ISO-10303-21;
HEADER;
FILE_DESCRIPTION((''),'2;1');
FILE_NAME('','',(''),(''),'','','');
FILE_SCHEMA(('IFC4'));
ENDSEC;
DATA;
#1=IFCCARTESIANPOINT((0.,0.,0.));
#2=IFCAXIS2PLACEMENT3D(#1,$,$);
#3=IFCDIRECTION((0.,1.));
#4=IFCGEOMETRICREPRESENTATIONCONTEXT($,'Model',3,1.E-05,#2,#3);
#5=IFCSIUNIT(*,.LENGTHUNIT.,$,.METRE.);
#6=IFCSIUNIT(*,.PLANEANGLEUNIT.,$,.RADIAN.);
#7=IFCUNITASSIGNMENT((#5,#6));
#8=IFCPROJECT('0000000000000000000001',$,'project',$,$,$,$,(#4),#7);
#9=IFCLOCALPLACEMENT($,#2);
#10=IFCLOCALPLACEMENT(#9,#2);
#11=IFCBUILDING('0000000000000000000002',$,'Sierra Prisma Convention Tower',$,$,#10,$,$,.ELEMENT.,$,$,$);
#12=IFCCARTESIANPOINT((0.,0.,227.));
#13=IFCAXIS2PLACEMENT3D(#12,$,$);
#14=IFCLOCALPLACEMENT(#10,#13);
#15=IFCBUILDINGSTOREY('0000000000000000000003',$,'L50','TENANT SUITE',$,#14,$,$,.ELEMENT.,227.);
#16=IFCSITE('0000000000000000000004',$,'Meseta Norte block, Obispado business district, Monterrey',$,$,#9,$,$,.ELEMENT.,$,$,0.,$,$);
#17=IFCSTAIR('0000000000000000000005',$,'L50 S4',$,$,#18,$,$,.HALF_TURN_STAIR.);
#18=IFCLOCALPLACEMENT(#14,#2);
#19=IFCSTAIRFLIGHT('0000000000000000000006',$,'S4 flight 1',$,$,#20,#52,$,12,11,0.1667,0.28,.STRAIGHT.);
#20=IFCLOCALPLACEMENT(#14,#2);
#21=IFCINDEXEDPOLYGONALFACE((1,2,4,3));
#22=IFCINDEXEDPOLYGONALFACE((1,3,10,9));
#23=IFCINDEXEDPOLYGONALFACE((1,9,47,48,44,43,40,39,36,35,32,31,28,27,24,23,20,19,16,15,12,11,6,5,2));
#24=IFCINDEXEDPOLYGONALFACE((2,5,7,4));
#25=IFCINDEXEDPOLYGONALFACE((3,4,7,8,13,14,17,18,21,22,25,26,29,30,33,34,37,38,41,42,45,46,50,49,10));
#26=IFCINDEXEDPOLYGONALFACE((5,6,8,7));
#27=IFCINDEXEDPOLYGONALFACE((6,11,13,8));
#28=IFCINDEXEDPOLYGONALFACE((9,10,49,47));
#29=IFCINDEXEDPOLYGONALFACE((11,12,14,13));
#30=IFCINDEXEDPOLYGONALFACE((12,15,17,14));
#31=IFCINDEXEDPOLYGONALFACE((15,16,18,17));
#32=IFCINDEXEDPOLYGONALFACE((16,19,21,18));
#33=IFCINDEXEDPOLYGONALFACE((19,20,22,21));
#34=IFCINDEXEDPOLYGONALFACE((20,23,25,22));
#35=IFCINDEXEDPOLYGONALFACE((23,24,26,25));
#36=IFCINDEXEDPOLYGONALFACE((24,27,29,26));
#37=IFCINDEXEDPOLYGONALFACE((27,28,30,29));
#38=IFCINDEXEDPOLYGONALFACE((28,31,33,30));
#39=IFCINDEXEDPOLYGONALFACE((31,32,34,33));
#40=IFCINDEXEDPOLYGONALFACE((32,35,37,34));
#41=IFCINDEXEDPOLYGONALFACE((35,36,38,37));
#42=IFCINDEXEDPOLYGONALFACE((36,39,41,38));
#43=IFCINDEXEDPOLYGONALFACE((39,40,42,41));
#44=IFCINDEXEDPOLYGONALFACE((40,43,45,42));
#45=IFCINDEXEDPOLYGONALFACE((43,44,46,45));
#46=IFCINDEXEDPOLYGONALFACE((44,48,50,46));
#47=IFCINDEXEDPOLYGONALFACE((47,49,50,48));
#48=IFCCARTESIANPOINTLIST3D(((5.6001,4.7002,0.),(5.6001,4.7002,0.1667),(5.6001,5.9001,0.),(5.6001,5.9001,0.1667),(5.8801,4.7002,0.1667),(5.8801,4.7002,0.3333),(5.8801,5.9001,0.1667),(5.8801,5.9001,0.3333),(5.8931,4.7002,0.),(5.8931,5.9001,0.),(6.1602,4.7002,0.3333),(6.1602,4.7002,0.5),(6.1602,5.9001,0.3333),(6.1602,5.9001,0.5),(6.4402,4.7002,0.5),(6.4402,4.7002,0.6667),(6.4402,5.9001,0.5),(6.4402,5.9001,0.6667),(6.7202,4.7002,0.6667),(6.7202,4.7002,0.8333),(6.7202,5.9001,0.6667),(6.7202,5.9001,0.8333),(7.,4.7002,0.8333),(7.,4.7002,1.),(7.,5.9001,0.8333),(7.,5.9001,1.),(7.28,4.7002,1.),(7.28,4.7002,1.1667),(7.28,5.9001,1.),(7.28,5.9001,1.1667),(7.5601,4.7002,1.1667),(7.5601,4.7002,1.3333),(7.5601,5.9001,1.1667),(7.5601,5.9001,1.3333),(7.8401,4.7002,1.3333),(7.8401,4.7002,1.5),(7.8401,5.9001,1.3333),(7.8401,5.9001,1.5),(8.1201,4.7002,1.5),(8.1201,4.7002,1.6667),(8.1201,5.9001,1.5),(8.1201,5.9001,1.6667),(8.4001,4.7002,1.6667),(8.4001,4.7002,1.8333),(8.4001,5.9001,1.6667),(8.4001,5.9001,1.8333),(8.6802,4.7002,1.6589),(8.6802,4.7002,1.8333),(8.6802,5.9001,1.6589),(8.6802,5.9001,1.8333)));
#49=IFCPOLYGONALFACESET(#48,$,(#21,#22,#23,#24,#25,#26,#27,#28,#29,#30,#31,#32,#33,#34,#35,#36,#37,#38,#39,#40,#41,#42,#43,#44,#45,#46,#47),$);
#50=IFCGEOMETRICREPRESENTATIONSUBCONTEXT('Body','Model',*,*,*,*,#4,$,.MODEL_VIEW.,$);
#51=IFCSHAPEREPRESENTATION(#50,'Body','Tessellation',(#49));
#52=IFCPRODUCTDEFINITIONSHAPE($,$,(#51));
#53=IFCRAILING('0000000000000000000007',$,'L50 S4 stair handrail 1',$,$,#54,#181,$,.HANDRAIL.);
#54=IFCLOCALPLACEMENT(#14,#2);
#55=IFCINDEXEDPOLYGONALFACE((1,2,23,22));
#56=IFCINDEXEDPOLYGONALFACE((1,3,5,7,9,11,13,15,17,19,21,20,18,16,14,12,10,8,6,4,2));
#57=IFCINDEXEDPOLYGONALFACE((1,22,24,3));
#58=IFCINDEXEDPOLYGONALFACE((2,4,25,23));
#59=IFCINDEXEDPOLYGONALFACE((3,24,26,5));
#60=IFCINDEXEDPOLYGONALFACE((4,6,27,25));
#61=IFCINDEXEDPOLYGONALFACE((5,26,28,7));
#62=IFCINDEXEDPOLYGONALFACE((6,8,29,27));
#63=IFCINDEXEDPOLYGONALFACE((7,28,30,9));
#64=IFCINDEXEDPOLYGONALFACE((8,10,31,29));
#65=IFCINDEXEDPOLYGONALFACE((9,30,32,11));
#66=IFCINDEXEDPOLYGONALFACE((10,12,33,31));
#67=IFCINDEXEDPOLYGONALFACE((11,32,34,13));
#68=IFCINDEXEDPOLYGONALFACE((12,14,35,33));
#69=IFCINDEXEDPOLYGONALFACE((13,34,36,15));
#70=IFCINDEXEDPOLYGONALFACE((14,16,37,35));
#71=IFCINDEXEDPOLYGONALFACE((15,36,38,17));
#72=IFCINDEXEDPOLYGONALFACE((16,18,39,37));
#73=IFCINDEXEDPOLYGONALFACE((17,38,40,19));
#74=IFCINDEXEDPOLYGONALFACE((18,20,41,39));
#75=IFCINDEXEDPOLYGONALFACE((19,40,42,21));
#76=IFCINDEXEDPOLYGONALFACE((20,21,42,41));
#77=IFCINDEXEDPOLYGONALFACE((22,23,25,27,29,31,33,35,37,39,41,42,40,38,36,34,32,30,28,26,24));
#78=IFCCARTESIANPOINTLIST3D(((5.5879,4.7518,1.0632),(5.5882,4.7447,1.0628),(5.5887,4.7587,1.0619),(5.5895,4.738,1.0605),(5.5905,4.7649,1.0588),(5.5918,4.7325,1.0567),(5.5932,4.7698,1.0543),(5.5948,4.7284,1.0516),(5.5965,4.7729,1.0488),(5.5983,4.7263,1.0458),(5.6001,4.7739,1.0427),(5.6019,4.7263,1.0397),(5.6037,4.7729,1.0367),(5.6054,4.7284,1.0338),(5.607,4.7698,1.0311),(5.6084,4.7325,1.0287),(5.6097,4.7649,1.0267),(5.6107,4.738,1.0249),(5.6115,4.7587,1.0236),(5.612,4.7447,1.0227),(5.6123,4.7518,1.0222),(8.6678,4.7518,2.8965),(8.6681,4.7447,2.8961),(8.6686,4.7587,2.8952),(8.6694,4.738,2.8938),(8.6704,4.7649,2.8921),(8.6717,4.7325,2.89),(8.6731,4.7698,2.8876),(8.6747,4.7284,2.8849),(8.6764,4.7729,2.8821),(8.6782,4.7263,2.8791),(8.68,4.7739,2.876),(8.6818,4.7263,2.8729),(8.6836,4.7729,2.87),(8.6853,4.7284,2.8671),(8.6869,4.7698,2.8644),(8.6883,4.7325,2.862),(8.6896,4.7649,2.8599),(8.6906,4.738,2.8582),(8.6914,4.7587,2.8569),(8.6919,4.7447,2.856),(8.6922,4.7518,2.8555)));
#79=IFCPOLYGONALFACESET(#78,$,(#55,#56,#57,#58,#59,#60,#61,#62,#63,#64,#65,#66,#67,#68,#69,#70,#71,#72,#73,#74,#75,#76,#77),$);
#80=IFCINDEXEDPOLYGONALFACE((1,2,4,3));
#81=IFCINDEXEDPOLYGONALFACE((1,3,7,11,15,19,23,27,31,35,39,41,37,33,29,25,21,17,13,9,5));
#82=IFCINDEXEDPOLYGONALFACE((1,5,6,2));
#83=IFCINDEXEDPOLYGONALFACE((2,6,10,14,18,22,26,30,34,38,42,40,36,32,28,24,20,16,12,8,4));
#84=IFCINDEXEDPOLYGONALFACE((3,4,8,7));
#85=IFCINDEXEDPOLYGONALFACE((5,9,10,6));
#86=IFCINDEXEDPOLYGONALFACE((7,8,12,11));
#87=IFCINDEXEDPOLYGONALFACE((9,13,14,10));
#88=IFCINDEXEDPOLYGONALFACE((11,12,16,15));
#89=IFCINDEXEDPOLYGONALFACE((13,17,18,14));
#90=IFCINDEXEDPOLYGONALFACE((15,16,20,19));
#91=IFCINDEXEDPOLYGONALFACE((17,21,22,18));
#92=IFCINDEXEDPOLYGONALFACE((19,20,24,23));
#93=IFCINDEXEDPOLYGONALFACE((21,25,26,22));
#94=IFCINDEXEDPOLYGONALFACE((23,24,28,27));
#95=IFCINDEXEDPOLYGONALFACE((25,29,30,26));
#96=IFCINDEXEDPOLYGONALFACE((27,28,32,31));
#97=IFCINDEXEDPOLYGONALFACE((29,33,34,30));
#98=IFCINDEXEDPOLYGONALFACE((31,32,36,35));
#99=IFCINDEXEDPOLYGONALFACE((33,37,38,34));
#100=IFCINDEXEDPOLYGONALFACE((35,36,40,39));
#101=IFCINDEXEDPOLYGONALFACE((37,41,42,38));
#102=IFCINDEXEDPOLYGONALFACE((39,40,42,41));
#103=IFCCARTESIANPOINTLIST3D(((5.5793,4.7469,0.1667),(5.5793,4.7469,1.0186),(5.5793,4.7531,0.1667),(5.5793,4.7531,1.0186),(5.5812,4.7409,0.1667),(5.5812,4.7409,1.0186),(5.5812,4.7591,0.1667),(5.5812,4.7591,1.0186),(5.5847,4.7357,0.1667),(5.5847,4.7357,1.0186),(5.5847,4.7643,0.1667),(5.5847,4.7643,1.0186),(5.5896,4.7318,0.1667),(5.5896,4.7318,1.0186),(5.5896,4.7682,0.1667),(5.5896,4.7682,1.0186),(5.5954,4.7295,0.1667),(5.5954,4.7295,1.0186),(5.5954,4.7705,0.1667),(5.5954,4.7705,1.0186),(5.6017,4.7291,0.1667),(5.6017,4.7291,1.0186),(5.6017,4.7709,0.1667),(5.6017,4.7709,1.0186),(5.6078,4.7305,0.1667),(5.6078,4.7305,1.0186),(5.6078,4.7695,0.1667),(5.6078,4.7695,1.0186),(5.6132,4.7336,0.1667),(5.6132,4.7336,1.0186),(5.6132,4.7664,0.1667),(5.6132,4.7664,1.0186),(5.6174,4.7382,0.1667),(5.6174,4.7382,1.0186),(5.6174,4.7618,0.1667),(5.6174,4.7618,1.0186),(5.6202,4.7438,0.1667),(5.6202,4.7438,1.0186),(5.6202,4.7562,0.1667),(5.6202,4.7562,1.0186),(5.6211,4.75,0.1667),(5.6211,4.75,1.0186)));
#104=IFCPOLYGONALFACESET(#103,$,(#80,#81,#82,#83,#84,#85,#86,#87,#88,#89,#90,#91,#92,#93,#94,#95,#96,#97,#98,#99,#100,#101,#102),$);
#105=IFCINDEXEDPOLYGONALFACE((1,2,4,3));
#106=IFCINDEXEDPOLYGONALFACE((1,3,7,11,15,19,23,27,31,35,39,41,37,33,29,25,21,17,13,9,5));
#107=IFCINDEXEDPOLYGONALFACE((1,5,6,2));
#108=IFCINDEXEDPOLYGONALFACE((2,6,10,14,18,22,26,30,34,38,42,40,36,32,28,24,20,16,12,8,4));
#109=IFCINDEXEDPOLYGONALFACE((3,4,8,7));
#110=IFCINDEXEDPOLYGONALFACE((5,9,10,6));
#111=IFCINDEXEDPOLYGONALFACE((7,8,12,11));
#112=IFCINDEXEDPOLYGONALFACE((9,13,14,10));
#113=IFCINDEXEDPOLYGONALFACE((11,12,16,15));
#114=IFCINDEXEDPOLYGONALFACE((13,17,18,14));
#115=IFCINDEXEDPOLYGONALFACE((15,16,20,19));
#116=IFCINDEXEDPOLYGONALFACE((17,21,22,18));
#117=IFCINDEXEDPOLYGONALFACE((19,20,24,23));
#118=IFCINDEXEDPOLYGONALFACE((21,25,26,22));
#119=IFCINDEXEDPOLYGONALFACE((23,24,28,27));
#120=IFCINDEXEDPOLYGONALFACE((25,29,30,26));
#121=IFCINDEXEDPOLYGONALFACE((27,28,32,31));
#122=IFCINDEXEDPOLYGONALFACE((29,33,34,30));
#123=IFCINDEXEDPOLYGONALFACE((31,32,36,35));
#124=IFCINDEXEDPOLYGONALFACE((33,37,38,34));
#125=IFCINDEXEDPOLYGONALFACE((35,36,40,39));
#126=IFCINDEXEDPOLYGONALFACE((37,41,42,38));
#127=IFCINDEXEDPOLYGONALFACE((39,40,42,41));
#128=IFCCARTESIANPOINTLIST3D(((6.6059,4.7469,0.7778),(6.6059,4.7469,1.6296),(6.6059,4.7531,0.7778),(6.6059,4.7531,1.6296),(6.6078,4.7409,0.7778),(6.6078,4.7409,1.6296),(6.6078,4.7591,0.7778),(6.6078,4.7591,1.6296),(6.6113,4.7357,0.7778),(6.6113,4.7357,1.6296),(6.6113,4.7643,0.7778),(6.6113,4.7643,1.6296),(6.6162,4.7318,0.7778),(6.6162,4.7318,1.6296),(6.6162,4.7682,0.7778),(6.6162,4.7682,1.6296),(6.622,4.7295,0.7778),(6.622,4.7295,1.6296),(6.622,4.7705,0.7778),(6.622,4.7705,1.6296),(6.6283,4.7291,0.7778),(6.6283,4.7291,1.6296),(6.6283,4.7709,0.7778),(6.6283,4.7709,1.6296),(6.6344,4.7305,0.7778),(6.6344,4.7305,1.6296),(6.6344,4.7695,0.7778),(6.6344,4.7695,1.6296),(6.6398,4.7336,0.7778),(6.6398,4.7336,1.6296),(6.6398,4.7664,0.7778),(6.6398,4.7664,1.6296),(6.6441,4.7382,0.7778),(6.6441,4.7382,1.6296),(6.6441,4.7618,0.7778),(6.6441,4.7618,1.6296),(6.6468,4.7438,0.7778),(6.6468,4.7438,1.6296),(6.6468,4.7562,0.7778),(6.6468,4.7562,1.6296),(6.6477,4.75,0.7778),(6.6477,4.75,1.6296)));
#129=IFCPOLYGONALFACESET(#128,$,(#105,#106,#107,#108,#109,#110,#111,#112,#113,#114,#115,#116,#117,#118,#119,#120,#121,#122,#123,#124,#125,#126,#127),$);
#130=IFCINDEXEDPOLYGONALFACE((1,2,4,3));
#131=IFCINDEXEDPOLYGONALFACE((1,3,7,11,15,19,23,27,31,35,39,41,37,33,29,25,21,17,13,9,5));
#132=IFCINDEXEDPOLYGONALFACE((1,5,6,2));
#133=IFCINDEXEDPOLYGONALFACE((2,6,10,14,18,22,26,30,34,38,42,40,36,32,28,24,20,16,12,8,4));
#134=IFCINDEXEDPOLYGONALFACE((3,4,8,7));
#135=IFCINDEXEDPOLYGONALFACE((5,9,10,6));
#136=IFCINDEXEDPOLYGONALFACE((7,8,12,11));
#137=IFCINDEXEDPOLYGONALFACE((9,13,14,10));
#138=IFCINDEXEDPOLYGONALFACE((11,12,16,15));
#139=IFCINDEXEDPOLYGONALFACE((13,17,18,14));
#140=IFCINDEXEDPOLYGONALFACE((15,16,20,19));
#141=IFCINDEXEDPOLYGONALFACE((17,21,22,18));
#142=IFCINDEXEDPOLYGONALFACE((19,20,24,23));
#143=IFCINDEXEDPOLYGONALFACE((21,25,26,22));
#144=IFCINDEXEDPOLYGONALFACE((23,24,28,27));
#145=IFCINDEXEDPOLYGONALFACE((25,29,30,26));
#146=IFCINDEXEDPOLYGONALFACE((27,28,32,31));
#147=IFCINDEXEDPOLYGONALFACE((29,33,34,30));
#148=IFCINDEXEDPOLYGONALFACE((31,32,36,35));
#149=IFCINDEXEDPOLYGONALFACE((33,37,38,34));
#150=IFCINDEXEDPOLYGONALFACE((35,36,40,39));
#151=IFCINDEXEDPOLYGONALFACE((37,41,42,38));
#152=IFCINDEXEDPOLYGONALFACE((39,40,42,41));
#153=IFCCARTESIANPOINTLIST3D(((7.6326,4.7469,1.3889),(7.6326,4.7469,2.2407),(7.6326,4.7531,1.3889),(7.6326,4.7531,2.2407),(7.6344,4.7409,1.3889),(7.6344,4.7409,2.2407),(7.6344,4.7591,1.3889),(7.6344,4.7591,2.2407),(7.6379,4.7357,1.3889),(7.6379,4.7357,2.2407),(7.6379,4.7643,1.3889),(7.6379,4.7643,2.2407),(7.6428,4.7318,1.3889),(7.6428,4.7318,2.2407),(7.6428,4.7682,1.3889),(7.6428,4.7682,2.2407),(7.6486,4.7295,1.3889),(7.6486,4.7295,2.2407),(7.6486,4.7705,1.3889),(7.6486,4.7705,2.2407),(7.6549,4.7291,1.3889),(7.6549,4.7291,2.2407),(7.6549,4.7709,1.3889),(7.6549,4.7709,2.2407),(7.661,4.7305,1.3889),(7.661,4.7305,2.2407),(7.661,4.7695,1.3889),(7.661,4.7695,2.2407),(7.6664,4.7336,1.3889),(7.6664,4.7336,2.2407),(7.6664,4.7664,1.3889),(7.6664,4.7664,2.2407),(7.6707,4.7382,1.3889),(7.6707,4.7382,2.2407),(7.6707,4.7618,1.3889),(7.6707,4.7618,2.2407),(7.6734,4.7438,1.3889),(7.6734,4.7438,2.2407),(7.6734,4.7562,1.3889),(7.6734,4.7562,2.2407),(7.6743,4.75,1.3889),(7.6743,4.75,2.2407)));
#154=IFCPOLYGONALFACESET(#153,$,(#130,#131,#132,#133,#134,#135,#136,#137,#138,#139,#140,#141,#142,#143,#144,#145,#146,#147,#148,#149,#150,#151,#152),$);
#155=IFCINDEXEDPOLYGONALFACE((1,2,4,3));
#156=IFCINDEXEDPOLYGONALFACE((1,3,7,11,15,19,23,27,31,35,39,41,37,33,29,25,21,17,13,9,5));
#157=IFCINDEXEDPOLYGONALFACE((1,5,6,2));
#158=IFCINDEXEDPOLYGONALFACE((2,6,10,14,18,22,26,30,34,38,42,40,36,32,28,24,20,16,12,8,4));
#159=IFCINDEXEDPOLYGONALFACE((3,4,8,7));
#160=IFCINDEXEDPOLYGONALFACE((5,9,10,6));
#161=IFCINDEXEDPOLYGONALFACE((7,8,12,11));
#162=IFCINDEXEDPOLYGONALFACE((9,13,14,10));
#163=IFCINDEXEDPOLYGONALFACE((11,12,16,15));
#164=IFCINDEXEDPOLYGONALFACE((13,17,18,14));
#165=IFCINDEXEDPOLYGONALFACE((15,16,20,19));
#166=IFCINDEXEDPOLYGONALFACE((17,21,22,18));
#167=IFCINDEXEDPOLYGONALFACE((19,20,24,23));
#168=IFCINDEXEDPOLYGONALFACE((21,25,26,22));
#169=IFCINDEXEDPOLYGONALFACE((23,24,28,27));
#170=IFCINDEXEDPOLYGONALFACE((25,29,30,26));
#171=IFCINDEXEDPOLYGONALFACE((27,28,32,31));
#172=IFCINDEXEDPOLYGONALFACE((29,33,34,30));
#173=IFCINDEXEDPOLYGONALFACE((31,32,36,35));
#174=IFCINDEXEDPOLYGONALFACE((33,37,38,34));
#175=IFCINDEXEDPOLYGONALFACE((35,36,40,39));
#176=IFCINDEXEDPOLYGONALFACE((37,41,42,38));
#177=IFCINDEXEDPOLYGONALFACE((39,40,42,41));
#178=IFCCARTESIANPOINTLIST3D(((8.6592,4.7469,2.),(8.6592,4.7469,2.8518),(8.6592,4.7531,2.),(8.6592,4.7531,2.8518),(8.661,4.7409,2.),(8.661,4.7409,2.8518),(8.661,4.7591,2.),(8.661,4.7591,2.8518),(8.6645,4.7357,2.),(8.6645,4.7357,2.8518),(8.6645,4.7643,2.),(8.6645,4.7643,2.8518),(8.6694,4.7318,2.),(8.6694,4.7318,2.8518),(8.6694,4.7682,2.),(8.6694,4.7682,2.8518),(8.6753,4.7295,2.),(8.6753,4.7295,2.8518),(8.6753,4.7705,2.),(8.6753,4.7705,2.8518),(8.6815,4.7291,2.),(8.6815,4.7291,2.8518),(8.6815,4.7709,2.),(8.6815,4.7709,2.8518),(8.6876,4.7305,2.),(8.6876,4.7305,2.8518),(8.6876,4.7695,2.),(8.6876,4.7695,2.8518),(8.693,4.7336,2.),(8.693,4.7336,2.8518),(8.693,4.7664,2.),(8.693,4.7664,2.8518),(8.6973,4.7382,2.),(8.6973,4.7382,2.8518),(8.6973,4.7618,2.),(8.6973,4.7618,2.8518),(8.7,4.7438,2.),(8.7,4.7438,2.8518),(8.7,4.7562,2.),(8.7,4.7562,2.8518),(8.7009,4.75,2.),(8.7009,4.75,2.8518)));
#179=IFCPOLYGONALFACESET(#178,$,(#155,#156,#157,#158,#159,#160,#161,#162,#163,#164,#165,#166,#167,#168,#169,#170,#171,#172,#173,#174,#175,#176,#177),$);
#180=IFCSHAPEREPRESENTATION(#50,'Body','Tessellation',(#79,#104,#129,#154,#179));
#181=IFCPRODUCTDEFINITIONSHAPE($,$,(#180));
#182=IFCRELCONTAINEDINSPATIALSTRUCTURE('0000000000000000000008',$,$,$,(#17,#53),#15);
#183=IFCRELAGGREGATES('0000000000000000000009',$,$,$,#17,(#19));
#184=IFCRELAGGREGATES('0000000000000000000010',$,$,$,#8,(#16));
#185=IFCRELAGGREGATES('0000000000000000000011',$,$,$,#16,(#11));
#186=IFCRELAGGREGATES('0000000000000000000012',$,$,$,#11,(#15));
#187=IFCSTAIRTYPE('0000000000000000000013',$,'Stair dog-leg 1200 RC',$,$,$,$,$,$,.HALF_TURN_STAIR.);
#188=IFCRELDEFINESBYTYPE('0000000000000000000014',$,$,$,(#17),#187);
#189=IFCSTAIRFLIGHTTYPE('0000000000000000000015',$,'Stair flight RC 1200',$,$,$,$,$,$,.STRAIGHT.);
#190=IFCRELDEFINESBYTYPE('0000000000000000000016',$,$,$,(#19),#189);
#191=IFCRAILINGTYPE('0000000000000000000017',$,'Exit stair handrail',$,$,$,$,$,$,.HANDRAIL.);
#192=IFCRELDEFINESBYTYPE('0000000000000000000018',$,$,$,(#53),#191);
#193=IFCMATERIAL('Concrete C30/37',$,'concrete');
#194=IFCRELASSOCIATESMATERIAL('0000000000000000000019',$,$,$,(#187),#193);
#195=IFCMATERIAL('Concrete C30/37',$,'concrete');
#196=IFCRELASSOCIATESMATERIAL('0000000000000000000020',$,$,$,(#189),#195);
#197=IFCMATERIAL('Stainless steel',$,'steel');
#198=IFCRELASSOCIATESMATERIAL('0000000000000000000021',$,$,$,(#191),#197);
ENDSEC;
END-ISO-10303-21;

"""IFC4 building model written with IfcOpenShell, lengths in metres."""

from ifc_helpers import new_model, si_unit, direction, frame, origin, origin_2d, place, context, subcontext, project, spatial, polyline, circle, outline, extrude, material, type_object, element, aggregate, save


model = new_model("IFC4")

# Units and contexts
model_context = context("Model", 3, precision=1e-05, world=origin(), true_north=direction((0.0, 1.0)))
body_context = subcontext(model_context, "Body", "Model", "MODEL_VIEW")
ifc_project = project(units=[si_unit("LENGTHUNIT", "METRE"), si_unit("PLANEANGLEUNIT", "RADIAN")], contexts=[model_context])

# Site, building, storey
site_placement = place(None, origin())
site = spatial("IfcSite", under=ifc_project, at=site_placement, Name="Meseta Norte block, Obispado business district, Monterrey", CompositionType="ELEMENT", RefElevation=0.0)
building_placement = place(site_placement, origin())
building = spatial("IfcBuilding", under=site, at=building_placement, Name="Sierra Prisma Convention Tower", CompositionType="ELEMENT")
storey_placement = place(building_placement, frame((0.0, 0.0, 227.0)))
storey = spatial("IfcBuildingStorey", under=building, at=storey_placement, Name="L50", Description="TENANT SUITE", CompositionType="ELEMENT", Elevation=227.0)

# Stair, stair flight
ifc_material_1 = material(Name="Concrete C30/37", Category="concrete")
stair_type = type_object("IfcStairType", Name="Stair dog-leg 1200 RC", PredefinedType="HALF_TURN_STAIR", material=ifc_material_1)
stair_placement = place(storey_placement, origin())
stair = element("IfcStair", 1, at=stair_placement, inside=storey, type_object=stair_type, Name="L50 S4", PredefinedType="HALF_TURN_STAIR")
ifc_material_2 = material(Name="Concrete C30/37", Category="concrete")
stair_flight_type = type_object("IfcStairFlightType", Name="Stair flight RC 1200", PredefinedType="STRAIGHT", material=ifc_material_2)
stair_flight_placement = place(storey_placement, frame((5.6001, 5.3, 0.0), z_axis=(0.0, 0.0, 1.0), x_axis=(1.0, 0.0, 0.0)))
stair_flight = element("IfcStairFlight", 2, at=stair_flight_placement, type_object=stair_flight_type, Name="S4 flight 1", NumberOfRisers=12, NumberOfTreads=11, PredefinedType="STRAIGHT", RiserHeight=0.1667, TreadLength=0.28, context=body_context, shape_type="SweptSolid", body=[
    extrude(outline(polyline([(0.0, 0.0), (0.0, 0.1667), (0.28, 0.1667), (0.28, 0.3333), (0.5601, 0.3333), (0.5601, 0.5), (0.8401, 0.5), (0.8401, 0.6667), (1.1201, 0.6667), (1.1201, 0.8333), (1.3999, 0.8333), (1.3999, 1.0), (1.6799, 1.0), (1.6799, 1.1667), (1.96, 1.1667), (1.96, 1.3333), (2.24, 1.3333), (2.24, 1.5), (2.52, 1.5), (2.52, 1.6667), (2.8, 1.6667), (2.8, 1.8333), (3.0801, 1.8333), (3.0801, 2.0), (3.0801, 1.6589), (0.293, 0.0), (0.0, 0.0)])), frame((0.0, 0.6001, 0.0), z_axis=(0.0, -1.0, 0.0), x_axis=(1.0, 0.0, 0.0)), (0.0, 0.0, 1.0), 1.2),
])
aggregate(stair, [stair_flight])

# Railing
ifc_material_3 = material(Name="Stainless steel", Category="steel")
railing_type_1 = type_object("IfcRailingType", Name="Exit stair handrail", PredefinedType="HANDRAIL", material=ifc_material_3)
railing_1_placement = place(storey_placement, frame((5.6001, 4.75, 0.1667)))
element("IfcRailing", 3, at=railing_1_placement, inside=storey, type_object=railing_type_1, Name="L50 S4 stair handrail 1", PredefinedType="HANDRAIL", context=body_context, shape_type="SweptSolid", body=[
    extrude(circle(Radius=0.0239, at=origin_2d()), frame((0.0, 0.0, 0.876), z_axis=(0.859291, 0.0, 0.511487), x_axis=(0.0, 1.0, 0.0)), (0.0, 0.0, 1.0), 3.5842),
    extrude(circle(Radius=0.021, at=origin_2d()), origin(), (0.0, 0.0, 1.0), 0.8518),
    extrude(circle(Radius=0.021, at=origin_2d()), frame((1.0266, 0.0, 0.6111)), (0.0, 0.0, 1.0), 0.8518),
    extrude(circle(Radius=0.021, at=origin_2d()), frame((2.0532, 0.0, 1.2222)), (0.0, 0.0, 1.0), 0.8518),
    extrude(circle(Radius=0.021, at=origin_2d()), frame((3.0798, 0.0, 1.8333)), (0.0, 0.0, 1.0), 0.8518),
])

save(model, "model.ifc")
